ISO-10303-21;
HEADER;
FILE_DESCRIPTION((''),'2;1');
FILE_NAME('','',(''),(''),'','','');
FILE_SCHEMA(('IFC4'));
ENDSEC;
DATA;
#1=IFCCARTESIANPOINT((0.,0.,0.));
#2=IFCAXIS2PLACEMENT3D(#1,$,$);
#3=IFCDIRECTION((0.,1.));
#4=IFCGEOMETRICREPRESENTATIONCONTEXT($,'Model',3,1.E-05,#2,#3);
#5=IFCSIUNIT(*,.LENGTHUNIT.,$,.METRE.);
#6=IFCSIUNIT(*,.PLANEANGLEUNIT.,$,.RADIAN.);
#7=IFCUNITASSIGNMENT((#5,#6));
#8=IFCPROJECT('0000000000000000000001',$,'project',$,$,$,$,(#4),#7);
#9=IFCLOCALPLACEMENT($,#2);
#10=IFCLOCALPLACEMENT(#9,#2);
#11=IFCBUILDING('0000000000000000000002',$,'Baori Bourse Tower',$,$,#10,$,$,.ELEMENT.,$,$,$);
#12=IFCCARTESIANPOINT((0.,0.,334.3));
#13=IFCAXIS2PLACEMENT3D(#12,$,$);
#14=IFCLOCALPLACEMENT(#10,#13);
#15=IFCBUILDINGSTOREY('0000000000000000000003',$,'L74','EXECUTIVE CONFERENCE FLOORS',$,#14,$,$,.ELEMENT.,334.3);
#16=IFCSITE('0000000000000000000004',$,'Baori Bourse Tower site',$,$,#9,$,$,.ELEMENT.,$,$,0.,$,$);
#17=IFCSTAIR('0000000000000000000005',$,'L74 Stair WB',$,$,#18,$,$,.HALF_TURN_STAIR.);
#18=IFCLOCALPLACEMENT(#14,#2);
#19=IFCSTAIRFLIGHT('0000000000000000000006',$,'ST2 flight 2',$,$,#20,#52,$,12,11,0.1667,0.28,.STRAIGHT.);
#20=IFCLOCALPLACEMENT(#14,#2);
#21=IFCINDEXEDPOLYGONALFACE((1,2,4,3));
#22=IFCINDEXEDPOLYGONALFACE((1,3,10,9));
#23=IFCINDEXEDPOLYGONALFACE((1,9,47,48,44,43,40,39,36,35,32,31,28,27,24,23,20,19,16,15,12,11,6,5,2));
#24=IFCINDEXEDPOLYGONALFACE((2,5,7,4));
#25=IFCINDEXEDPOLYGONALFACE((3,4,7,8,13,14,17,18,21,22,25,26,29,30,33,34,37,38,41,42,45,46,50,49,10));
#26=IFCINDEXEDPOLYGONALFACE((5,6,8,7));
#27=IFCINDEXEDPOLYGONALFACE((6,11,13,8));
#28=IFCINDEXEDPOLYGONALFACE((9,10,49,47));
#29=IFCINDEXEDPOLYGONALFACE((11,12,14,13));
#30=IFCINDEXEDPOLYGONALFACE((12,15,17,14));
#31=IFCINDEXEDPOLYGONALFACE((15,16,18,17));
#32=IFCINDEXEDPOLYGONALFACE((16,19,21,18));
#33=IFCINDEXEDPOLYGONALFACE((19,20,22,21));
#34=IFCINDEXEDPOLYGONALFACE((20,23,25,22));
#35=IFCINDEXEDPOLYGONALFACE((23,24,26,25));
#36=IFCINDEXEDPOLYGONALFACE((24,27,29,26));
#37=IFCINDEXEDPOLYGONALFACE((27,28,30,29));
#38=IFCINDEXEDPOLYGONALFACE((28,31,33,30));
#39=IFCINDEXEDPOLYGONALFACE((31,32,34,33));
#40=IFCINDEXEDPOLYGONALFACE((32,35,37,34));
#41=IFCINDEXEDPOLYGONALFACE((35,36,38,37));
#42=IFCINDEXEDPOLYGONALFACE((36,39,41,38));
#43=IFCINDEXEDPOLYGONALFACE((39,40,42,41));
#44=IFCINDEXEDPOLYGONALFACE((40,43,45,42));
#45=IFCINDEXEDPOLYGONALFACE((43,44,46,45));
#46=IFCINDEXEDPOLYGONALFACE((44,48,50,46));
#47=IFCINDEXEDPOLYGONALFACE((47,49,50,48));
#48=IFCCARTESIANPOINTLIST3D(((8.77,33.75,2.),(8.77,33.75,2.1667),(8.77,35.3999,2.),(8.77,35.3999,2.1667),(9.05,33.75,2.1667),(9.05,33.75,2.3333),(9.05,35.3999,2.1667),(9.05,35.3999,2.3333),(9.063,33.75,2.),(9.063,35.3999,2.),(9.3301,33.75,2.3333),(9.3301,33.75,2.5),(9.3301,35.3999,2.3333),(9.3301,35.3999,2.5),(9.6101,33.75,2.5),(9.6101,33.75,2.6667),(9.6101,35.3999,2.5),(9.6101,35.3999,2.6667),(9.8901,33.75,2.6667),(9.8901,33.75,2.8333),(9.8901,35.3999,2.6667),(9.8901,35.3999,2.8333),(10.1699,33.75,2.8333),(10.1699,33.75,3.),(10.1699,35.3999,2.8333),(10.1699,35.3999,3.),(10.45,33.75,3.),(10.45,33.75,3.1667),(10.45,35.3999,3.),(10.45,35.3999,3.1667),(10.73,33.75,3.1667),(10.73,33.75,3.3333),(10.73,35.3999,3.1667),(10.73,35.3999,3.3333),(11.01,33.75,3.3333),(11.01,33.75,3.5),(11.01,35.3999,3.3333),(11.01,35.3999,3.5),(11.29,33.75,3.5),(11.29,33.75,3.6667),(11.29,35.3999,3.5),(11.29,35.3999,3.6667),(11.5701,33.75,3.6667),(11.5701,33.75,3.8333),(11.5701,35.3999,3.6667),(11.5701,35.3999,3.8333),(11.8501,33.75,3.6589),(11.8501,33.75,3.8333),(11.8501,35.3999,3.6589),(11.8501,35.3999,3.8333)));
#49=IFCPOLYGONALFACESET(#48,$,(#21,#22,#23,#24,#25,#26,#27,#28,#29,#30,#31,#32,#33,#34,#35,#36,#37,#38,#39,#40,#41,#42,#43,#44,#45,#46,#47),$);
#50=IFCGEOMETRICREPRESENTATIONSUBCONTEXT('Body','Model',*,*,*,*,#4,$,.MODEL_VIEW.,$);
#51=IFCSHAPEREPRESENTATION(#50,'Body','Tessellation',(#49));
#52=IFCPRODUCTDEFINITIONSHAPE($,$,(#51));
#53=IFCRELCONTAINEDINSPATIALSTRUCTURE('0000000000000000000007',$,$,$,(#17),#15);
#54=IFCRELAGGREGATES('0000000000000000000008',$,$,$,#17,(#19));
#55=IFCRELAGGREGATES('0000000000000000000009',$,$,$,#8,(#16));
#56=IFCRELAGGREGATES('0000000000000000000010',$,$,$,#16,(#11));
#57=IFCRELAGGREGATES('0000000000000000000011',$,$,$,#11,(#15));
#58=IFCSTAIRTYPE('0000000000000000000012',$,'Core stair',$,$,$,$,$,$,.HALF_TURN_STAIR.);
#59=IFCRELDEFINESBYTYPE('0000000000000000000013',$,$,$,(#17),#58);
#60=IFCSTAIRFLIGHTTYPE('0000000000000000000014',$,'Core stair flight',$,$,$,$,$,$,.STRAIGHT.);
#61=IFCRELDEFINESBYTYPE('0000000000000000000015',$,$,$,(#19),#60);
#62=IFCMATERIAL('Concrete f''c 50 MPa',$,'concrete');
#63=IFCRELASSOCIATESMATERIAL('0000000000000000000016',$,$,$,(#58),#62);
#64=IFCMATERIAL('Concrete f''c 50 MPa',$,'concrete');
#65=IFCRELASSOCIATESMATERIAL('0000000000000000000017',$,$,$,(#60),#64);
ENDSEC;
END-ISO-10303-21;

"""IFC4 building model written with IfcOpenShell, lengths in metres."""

from ifc_helpers import new_model, si_unit, direction, frame, origin, place, context, subcontext, project, spatial, polyline, outline, extrude, material, type_object, element, aggregate, save


model = new_model("IFC4")

# Units and contexts
model_context = context("Model", 3, precision=1e-05, world=origin(), true_north=direction((0.0, 1.0)))
body_context = subcontext(model_context, "Body", "Model", "MODEL_VIEW")
ifc_project = project(units=[si_unit("LENGTHUNIT", "METRE"), si_unit("PLANEANGLEUNIT", "RADIAN")], contexts=[model_context])

# Site, building, storey
site_placement = place(None, origin())
site = spatial("IfcSite", under=ifc_project, at=site_placement, Name="Baori Bourse Tower site", CompositionType="ELEMENT", RefElevation=0.0)
building_placement = place(site_placement, origin())
building = spatial("IfcBuilding", under=site, at=building_placement, Name="Baori Bourse Tower", CompositionType="ELEMENT")
storey_placement = place(building_placement, frame((0.0, 0.0, 334.3)))
storey = spatial("IfcBuildingStorey", under=building, at=storey_placement, Name="L74", Description="EXECUTIVE CONFERENCE FLOORS", CompositionType="ELEMENT", Elevation=334.3)

# Stair, stair flight
ifc_material_1 = material(Name="Concrete f'c 50 MPa", Category="concrete")
stair_type = type_object("IfcStairType", Name="Core stair", PredefinedType="HALF_TURN_STAIR", material=ifc_material_1)
stair_placement = place(storey_placement, origin())
stair = element("IfcStair", 1, at=stair_placement, inside=storey, type_object=stair_type, Name="L74 Stair WB", PredefinedType="HALF_TURN_STAIR")
ifc_material_2 = material(Name="Concrete f'c 50 MPa", Category="concrete")
stair_flight_type = type_object("IfcStairFlightType", Name="Core stair flight", PredefinedType="STRAIGHT", material=ifc_material_2)
stair_flight_placement = place(storey_placement, frame((8.77, 34.575, 2.0), z_axis=(0.0, 0.0, 1.0), x_axis=(1.0, 0.0, 0.0)))
stair_flight = element("IfcStairFlight", 2, at=stair_flight_placement, type_object=stair_flight_type, Name="ST2 flight 2", NumberOfRisers=12, NumberOfTreads=11, PredefinedType="STRAIGHT", RiserHeight=0.1667, TreadLength=0.28, context=body_context, shape_type="SweptSolid", body=[
    extrude(outline(polyline([(0.0, 0.0), (0.0, 0.1667), (0.28, 0.1667), (0.28, 0.3333), (0.5601, 0.3333), (0.5601, 0.5), (0.8401, 0.5), (0.8401, 0.6667), (1.1201, 0.6667), (1.1201, 0.8333), (1.3999, 0.8333), (1.3999, 1.0), (1.6799, 1.0), (1.6799, 1.1667), (1.96, 1.1667), (1.96, 1.3333), (2.24, 1.3333), (2.24, 1.5), (2.52, 1.5), (2.52, 1.6667), (2.8, 1.6667), (2.8, 1.8333), (3.0801, 1.8333), (3.0801, 2.0), (3.0801, 1.6589), (0.293, 0.0), (0.0, 0.0)])), frame((0.0, 0.825, 0.0), z_axis=(0.0, -1.0, 0.0), x_axis=(1.0, 0.0, 0.0)), (0.0, 0.0, 1.0), 1.6499),
])
aggregate(stair, [stair_flight])

save(model, "model.ifc")
